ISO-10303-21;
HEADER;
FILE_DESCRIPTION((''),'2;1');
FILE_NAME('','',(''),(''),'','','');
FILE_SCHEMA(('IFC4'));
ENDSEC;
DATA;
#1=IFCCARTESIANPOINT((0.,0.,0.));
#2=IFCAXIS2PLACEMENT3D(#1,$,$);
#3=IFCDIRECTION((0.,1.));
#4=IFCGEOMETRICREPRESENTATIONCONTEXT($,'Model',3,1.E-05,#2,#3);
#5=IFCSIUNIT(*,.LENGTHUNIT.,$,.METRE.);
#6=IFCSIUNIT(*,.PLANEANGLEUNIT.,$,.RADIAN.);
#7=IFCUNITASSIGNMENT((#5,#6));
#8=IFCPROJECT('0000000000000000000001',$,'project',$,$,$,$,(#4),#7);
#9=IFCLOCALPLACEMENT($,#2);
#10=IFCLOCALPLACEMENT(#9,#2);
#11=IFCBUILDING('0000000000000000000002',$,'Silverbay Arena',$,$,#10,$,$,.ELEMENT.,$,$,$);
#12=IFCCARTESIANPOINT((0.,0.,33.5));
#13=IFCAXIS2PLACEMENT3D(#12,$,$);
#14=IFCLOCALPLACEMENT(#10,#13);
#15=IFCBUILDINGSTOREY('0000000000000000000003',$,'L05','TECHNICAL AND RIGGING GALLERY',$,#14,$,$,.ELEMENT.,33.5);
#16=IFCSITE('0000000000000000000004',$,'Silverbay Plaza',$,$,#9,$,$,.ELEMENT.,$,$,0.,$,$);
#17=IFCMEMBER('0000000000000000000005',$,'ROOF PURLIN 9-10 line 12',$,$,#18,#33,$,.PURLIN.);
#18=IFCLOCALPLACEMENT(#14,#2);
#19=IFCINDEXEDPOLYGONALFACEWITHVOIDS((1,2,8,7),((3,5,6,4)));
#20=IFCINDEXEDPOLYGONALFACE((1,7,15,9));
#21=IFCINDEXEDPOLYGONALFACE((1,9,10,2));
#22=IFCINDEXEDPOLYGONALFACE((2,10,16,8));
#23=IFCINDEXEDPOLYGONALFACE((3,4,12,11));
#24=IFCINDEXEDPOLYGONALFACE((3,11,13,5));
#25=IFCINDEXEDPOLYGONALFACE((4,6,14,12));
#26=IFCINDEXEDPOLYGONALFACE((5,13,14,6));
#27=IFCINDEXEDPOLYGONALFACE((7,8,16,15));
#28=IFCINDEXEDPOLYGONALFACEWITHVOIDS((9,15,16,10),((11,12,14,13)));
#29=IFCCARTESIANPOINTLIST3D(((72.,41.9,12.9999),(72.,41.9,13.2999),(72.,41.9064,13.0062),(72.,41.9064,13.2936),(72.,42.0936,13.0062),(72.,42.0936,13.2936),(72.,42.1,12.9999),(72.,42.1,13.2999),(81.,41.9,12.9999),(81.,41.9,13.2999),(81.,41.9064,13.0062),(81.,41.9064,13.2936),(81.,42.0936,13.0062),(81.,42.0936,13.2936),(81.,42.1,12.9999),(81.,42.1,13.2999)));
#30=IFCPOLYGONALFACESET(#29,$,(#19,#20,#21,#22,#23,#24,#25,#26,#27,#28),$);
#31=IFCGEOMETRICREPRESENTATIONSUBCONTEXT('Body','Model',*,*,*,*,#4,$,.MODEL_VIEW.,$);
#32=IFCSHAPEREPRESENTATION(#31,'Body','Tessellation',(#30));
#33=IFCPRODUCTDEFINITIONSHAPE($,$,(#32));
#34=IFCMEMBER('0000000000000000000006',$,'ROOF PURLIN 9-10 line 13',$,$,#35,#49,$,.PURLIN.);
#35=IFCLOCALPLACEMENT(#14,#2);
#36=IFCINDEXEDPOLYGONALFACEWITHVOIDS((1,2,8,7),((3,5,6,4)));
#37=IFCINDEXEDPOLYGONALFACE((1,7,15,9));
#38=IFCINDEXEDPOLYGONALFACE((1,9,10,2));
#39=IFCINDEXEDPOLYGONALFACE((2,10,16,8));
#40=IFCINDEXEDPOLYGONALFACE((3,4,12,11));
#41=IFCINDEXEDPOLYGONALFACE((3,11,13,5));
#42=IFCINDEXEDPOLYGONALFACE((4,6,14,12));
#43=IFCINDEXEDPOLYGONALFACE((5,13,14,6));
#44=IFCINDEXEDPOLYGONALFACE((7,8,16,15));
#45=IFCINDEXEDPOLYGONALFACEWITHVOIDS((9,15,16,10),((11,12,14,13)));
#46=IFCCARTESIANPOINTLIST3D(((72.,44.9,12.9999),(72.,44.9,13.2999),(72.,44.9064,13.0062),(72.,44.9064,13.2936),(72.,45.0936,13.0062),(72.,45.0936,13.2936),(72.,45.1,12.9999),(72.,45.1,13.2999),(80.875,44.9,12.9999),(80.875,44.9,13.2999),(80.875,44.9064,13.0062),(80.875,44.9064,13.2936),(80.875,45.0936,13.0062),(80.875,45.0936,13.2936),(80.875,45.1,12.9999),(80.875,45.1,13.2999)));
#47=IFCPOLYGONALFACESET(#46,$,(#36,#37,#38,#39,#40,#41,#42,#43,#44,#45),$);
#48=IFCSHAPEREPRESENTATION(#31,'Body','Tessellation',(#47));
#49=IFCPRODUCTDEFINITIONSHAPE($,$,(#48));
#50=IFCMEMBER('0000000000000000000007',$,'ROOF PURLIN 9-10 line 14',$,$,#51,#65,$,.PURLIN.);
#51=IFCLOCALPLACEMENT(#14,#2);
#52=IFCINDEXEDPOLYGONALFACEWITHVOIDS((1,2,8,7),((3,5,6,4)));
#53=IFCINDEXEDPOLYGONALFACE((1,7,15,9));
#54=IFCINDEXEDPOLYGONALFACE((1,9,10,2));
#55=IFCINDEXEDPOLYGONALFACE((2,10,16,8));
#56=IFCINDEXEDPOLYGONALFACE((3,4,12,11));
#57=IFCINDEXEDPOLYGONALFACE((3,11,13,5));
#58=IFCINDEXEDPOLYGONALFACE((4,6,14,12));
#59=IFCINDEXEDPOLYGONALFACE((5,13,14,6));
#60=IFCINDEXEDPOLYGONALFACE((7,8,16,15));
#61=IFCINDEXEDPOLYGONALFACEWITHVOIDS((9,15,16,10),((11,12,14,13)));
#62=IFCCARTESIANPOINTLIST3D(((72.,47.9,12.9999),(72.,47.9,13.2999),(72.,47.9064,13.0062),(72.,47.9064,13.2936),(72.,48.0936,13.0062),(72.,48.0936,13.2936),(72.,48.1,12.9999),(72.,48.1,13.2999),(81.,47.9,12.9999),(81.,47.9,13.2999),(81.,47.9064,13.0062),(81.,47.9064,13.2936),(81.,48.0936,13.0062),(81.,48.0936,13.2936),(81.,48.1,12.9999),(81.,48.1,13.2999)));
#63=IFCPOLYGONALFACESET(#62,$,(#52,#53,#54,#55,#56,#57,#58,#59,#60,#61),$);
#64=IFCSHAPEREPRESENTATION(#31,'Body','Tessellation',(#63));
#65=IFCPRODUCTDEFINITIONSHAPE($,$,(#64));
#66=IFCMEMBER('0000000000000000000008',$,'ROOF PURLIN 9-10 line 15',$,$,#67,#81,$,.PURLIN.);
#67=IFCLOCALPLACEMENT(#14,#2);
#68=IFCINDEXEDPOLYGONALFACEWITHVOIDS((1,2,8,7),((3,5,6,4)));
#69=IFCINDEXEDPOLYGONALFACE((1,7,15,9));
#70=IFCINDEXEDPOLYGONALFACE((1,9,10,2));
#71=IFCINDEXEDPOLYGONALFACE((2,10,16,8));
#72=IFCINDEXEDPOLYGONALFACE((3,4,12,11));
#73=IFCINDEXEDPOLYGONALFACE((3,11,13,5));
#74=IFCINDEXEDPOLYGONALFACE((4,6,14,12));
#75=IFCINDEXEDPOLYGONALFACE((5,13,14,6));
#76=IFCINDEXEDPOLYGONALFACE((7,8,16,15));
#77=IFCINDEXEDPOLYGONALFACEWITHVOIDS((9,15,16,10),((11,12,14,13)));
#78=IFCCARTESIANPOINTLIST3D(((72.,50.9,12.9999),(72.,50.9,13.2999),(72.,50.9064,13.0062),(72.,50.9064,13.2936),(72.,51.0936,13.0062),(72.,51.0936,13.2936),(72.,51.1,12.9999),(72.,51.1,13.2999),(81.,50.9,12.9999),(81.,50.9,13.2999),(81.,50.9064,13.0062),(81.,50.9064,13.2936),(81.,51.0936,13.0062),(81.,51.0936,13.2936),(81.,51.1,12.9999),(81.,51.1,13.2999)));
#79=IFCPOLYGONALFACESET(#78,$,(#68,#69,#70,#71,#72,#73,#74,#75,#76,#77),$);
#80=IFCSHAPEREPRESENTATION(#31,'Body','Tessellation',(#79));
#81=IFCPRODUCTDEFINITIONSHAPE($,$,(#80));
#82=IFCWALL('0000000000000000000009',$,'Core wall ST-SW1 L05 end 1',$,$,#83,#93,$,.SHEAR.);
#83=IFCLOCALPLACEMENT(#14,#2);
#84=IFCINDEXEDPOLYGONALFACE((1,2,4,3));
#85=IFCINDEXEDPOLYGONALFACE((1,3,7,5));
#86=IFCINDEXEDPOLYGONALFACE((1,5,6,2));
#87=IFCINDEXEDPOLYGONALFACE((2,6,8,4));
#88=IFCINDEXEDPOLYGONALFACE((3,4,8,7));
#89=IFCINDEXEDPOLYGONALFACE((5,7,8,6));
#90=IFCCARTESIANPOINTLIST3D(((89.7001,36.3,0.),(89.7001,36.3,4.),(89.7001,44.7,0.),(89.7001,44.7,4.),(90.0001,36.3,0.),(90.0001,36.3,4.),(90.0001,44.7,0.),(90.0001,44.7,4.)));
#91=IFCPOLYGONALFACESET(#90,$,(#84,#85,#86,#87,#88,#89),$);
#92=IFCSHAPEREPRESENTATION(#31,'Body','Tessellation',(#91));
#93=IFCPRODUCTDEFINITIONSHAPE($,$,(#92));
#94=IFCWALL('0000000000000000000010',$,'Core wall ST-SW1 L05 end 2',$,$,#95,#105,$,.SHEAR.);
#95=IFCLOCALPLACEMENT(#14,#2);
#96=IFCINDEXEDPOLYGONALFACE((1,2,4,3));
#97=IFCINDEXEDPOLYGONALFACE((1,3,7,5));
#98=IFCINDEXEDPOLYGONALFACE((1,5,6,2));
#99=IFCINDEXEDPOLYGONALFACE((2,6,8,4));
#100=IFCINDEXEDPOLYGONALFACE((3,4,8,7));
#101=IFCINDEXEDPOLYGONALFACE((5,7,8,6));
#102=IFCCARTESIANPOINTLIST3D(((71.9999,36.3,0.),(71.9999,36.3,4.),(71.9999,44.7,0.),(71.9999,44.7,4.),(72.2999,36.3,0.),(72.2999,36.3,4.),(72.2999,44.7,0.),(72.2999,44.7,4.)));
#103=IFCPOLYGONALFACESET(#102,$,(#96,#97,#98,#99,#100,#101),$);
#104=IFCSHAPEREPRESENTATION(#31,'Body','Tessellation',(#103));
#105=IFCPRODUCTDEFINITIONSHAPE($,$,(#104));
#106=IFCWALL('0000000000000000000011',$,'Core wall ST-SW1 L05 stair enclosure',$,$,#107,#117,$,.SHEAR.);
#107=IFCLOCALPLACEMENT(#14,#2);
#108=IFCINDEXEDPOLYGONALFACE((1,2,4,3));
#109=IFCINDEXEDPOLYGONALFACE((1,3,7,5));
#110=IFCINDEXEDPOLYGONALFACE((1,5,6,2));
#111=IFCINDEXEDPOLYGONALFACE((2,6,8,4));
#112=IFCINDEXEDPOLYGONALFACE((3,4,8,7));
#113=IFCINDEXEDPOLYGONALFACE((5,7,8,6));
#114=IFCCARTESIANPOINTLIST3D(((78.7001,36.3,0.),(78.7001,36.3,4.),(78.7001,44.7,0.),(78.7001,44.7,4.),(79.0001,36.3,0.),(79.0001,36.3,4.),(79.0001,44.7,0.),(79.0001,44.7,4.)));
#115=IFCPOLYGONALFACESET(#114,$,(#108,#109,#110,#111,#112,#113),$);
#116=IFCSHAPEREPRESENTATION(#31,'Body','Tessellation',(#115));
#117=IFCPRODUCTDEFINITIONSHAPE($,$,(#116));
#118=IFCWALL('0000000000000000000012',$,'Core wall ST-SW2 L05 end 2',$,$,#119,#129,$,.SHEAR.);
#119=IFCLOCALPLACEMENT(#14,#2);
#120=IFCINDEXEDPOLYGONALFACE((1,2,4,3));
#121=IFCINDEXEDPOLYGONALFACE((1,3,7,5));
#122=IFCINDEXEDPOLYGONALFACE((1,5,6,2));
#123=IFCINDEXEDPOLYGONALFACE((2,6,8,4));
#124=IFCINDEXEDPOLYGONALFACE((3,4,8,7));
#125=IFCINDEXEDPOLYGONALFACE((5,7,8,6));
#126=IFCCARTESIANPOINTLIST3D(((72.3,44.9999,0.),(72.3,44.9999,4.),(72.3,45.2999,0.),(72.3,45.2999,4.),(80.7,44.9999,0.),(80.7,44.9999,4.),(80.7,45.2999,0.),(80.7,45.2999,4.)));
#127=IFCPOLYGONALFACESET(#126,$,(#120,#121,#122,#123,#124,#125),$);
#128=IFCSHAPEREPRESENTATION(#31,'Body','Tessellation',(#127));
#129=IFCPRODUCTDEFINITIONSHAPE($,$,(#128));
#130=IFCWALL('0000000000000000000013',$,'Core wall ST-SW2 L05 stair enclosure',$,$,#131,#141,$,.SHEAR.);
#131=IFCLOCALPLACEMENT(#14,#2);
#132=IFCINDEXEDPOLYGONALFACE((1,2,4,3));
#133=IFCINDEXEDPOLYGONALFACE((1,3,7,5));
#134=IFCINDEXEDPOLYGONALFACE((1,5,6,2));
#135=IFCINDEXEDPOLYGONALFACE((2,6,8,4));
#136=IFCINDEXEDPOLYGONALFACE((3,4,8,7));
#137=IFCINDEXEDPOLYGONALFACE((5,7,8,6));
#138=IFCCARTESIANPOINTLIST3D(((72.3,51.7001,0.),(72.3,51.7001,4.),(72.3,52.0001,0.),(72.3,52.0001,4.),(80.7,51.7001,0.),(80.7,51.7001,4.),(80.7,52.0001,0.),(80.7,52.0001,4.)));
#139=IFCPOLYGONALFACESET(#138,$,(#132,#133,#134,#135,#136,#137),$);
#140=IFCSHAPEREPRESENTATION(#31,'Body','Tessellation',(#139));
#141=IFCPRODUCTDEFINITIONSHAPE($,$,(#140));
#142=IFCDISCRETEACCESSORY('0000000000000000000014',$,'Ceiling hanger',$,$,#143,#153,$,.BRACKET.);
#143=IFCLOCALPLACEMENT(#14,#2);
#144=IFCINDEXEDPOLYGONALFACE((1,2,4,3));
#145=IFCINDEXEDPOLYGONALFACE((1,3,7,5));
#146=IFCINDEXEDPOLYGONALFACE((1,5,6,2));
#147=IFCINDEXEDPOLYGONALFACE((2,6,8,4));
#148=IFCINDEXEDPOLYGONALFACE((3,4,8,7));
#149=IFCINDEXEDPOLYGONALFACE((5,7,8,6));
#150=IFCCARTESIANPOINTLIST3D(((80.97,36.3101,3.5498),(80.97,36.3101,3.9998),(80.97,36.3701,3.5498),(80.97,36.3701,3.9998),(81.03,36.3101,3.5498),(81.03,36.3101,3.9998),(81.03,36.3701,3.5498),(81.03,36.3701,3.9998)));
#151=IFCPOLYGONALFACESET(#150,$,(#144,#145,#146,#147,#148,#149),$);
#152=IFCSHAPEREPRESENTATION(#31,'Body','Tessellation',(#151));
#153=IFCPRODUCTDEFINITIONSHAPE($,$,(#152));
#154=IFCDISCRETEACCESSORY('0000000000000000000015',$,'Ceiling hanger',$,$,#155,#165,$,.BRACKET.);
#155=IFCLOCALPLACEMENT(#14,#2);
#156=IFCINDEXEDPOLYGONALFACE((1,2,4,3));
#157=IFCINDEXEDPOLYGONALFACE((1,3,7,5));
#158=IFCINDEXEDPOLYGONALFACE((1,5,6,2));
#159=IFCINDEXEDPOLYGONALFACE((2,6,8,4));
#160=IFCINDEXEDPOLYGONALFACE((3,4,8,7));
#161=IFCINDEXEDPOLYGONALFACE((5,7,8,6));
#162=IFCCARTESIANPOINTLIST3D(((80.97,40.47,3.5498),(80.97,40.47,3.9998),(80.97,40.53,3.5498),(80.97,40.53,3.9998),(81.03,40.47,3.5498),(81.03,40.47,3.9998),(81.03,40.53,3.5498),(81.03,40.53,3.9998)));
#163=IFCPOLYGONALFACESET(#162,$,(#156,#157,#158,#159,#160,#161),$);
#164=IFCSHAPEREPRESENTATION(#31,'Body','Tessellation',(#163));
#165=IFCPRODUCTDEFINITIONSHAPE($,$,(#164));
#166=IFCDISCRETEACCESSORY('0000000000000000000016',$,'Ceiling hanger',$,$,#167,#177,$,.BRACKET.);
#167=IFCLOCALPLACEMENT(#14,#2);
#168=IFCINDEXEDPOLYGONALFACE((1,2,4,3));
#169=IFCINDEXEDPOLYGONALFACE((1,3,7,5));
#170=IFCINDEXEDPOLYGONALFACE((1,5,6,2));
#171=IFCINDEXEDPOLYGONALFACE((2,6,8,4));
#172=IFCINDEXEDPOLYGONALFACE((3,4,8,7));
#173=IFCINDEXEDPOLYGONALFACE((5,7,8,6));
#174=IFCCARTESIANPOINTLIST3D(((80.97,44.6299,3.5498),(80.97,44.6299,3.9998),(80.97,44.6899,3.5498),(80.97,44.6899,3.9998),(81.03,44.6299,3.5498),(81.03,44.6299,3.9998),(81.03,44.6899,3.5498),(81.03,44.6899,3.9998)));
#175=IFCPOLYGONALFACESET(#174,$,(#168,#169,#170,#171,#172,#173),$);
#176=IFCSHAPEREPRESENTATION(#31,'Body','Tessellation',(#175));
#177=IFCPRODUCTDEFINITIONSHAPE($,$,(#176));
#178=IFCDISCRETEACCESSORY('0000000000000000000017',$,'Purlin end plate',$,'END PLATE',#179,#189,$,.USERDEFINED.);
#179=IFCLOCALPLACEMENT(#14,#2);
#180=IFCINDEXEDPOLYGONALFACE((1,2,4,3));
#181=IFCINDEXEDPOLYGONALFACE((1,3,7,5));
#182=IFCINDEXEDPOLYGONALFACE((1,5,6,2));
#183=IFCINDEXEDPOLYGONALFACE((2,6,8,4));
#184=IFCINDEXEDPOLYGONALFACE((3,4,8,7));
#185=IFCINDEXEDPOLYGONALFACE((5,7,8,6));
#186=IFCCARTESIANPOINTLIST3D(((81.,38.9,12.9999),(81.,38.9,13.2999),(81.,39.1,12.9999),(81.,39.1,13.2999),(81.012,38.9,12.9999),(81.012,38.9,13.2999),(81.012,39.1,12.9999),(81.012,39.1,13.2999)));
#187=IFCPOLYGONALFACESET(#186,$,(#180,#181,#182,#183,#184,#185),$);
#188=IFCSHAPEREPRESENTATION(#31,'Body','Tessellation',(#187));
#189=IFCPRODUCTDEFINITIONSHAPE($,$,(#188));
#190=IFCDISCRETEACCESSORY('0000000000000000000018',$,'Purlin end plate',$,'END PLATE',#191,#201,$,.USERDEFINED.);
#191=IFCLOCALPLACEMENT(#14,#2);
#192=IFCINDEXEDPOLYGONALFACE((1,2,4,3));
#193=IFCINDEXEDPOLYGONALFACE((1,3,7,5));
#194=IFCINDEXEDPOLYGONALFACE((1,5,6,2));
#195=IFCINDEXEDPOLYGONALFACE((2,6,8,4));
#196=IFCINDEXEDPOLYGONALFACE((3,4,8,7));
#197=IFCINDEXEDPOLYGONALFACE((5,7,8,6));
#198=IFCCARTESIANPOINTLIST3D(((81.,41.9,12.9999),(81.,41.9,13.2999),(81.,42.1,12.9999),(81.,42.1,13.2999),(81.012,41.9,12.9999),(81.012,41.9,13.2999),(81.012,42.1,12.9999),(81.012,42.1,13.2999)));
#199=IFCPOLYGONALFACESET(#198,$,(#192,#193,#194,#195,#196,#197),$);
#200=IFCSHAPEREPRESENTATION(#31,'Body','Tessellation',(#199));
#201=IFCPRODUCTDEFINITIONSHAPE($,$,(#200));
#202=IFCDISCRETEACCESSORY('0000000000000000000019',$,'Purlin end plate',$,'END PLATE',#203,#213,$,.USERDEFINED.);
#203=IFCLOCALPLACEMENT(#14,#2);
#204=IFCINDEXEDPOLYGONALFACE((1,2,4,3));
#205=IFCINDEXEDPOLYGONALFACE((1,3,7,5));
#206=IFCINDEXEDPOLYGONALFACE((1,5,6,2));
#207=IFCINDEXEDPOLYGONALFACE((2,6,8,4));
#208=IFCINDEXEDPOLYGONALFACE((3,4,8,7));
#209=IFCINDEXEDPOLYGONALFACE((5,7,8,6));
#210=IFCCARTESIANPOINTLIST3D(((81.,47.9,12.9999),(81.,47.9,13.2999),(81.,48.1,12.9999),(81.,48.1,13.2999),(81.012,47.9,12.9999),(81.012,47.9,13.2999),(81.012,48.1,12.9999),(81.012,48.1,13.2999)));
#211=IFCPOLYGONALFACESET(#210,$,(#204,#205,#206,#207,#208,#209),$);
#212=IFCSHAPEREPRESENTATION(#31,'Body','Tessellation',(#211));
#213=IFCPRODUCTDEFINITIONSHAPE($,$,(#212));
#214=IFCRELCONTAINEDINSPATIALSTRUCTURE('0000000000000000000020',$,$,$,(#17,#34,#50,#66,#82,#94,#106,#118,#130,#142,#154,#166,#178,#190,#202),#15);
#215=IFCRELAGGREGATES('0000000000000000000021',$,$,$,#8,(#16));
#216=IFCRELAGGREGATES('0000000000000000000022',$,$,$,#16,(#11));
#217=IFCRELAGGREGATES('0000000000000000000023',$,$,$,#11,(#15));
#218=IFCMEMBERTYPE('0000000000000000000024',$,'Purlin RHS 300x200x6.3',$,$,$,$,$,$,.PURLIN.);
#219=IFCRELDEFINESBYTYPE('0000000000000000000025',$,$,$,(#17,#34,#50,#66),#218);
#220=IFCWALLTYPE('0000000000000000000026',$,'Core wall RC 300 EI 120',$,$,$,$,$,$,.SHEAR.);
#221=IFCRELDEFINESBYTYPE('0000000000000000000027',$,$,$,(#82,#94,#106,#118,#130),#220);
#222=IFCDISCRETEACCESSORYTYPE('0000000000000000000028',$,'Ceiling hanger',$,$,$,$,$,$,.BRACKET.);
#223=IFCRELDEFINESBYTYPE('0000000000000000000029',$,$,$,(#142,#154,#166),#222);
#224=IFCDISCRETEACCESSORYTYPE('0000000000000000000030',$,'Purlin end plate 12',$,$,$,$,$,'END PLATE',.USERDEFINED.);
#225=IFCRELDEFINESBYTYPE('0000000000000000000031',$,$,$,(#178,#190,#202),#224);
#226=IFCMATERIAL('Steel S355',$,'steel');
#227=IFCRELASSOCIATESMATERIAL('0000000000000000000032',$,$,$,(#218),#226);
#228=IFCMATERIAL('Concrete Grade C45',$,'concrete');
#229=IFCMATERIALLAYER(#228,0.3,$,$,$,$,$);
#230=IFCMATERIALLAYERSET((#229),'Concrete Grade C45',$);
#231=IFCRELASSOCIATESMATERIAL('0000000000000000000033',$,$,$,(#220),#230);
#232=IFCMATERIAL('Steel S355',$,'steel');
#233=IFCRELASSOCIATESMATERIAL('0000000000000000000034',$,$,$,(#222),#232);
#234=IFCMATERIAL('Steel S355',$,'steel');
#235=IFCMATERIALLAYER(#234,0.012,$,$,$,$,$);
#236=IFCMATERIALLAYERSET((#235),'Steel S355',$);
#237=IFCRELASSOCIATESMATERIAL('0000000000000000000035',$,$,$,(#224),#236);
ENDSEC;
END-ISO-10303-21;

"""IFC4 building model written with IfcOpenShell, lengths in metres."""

from ifc_helpers import new_model, si_unit, direction, frame, frame_2d, origin, origin_2d, place, context, subcontext, project, spatial, rectangle, hollow_rectangle, extrude, material, layer, layer_set, material_profile, profile_set, type_object, element, save


model = new_model("IFC4")

# Units and contexts
model_context = context("Model", 3, precision=1e-05, world=origin(), true_north=direction((0.0, 1.0)))
body_context = subcontext(model_context, "Body", "Model", "MODEL_VIEW")
ifc_project = project(units=[si_unit("LENGTHUNIT", "METRE"), si_unit("PLANEANGLEUNIT", "RADIAN")], contexts=[model_context])

# Site, building, storey
site_placement = place(None, origin())
site = spatial("IfcSite", under=ifc_project, at=site_placement, Name="Silverbay Plaza", CompositionType="ELEMENT", RefElevation=0.0)
building_placement = place(site_placement, origin())
building = spatial("IfcBuilding", under=site, at=building_placement, Name="Silverbay Arena", CompositionType="ELEMENT")
storey_placement = place(building_placement, frame((0.0, 0.0, 33.5)))
storey = spatial("IfcBuildingStorey", under=building, at=storey_placement, Name="L05", Description="TECHNICAL AND RIGGING GALLERY", CompositionType="ELEMENT", Elevation=33.5)

# Members
ifc_material_1 = material(Name="Steel S355", Category="steel")
ifc_material_profile_1 = material_profile(ifc_material_1, hollow_rectangle(XDim=0.2, YDim=0.3, WallThickness=0.0063, at=origin_2d()), Name="RHS 300x200x6.3")
ifc_profile_set_1 = profile_set([ifc_material_profile_1], Name="Steel S355")
member_type_1 = type_object("IfcMemberType", Name="Purlin RHS 300x200x6.3", PredefinedType="PURLIN", material=ifc_profile_set_1)
member_1_placement = place(storey_placement, frame((72.0, 42.0, 13.1499), z_axis=(1.0, 0.0, 0.0), x_axis=(0.0, 1.0, 0.0)))
element("IfcMember", 1, at=member_1_placement, inside=storey, type_object=member_type_1, Name="ROOF PURLIN 9-10 line 12", PredefinedType="PURLIN", context=body_context, shape_type="SweptSolid", body=[
    extrude(hollow_rectangle(XDim=0.2, YDim=0.3, WallThickness=0.0063, at=origin_2d()), origin(), (0.0, 0.0, 1.0), 9.0),
])
member_2_placement = place(storey_placement, frame((72.0, 45.0, 13.1499), z_axis=(1.0, 0.0, 0.0), x_axis=(0.0, 1.0, 0.0)))
element("IfcMember", 2, at=member_2_placement, inside=storey, type_object=member_type_1, Name="ROOF PURLIN 9-10 line 13", PredefinedType="PURLIN", context=body_context, shape_type="SweptSolid", body=[
    extrude(hollow_rectangle(XDim=0.2, YDim=0.3, WallThickness=0.0063, at=origin_2d()), origin(), (0.0, 0.0, 1.0), 8.875),
])
for number, where, z_axis, x_axis, name in (
    (3, (72.0, 48.0, 13.1499), (1.0, 0.0, 0.0), (0.0, 1.0, 0.0), "ROOF PURLIN 9-10 line 14"),
    (4, (72.0, 51.0, 13.1499), (1.0, 0.0, 0.0), (0.0, 1.0, 0.0), "ROOF PURLIN 9-10 line 15"),
):
    element("IfcMember", number, at=place(storey_placement, frame(where, z_axis=z_axis, x_axis=x_axis)), inside=storey, type_object=member_type_1, Name=name, PredefinedType="PURLIN", context=body_context, shape_type="SweptSolid", body=[
        extrude(hollow_rectangle(XDim=0.2, YDim=0.3, WallThickness=0.0063, at=origin_2d()), origin(), (0.0, 0.0, 1.0), 9.0),
    ])

# Walls
ifc_material_2 = material(Name="Concrete Grade C45", Category="concrete")
ifc_layer_1 = layer(ifc_material_2, 0.3)
ifc_layer_set_1 = layer_set([ifc_layer_1], Name="Concrete Grade C45")
wall_type = type_object("IfcWallType", Name="Core wall RC 300 EI 120", PredefinedType="SHEAR", material=ifc_layer_set_1)
for number, where, z_axis, x_axis, name in (
    (5, (89.8501, 44.7, 0.0), (0.0, 0.0, 1.0), (0.0, -1.0, 0.0), "Core wall ST-SW1 L05 end 1"),
    (6, (72.1499, 44.7, 0.0), (0.0, 0.0, 1.0), (0.0, -1.0, 0.0), "Core wall ST-SW1 L05 end 2"),
    (7, (78.8501, 44.7, 0.0), (0.0, 0.0, 1.0), (0.0, -1.0, 0.0), "Core wall ST-SW1 L05 stair enclosure"),
    (8, (80.7, 45.1499, 0.0), (0.0, 0.0, 1.0), (-1.0, 0.0, 0.0), "Core wall ST-SW2 L05 end 2"),
    (9, (80.7, 51.8501, 0.0), (0.0, 0.0, 1.0), (-1.0, 0.0, 0.0), "Core wall ST-SW2 L05 stair enclosure"),
):
    element("IfcWall", number, at=place(storey_placement, frame(where, z_axis=z_axis, x_axis=x_axis)), inside=storey, type_object=wall_type, Name=name, PredefinedType="SHEAR", context=body_context, shape_type="SweptSolid", body=[
        extrude(rectangle(XDim=8.3999, YDim=0.3, at=frame_2d((4.2, 0.0))), origin(), (0.0, 0.0, 1.0), 4.0),
    ])

# Discrete accessories
ifc_material_3 = material(Name="Steel S355", Category="steel")
discrete_accessory_type_1 = type_object("IfcDiscreteAccessoryType", Name="Ceiling hanger", PredefinedType="BRACKET", material=ifc_material_3)
for number, where, z_axis, x_axis, name in (
    (10, (81.0, 36.3401, 3.5498), (0.0, 0.0, 1.0), (1.0, 0.0, 0.0), "Ceiling hanger"),
    (11, (81.0, 40.5, 3.5498), (0.0, 0.0, 1.0), (1.0, 0.0, 0.0), "Ceiling hanger"),
    (12, (81.0, 44.6599, 3.5498), (0.0, 0.0, 1.0), (1.0, 0.0, 0.0), "Ceiling hanger"),
):
    element("IfcDiscreteAccessory", number, at=place(storey_placement, frame(where, z_axis=z_axis, x_axis=x_axis)), inside=storey, type_object=discrete_accessory_type_1, Name=name, PredefinedType="BRACKET", context=body_context, shape_type="SweptSolid", body=[
        extrude(rectangle(XDim=0.0601, YDim=0.0601, at=origin_2d()), origin(), (0.0, 0.0, 1.0), 0.45),
    ])
ifc_material_4 = material(Name="Steel S355", Category="steel")
ifc_layer_2 = layer(ifc_material_4, 0.012)
ifc_layer_set_2 = layer_set([ifc_layer_2], Name="Steel S355")
discrete_accessory_type_2 = type_object("IfcDiscreteAccessoryType", Name="Purlin end plate 12", ElementType="END PLATE", PredefinedType="USERDEFINED", material=ifc_layer_set_2)
for number, where, z_axis, x_axis, name in (
    (13, (81.0, 39.0, 13.1499), (1.0, 0.0, 0.0), (0.0, 1.0, 0.0), "Purlin end plate"),
    (14, (81.0, 42.0, 13.1499), (1.0, 0.0, 0.0), (0.0, 1.0, 0.0), "Purlin end plate"),
    (15, (81.0, 48.0, 13.1499), (1.0, 0.0, 0.0), (0.0, 1.0, 0.0), "Purlin end plate"),
):
    element("IfcDiscreteAccessory", number, at=place(storey_placement, frame(where, z_axis=z_axis, x_axis=x_axis)), inside=storey, type_object=discrete_accessory_type_2, Name=name, ObjectType="END PLATE", PredefinedType="USERDEFINED", context=body_context, shape_type="SweptSolid", body=[
        extrude(rectangle(XDim=0.2, YDim=0.3, at=origin_2d()), origin(), (0.0, 0.0, 1.0), 0.012),
    ])

save(model, "model.ifc")
